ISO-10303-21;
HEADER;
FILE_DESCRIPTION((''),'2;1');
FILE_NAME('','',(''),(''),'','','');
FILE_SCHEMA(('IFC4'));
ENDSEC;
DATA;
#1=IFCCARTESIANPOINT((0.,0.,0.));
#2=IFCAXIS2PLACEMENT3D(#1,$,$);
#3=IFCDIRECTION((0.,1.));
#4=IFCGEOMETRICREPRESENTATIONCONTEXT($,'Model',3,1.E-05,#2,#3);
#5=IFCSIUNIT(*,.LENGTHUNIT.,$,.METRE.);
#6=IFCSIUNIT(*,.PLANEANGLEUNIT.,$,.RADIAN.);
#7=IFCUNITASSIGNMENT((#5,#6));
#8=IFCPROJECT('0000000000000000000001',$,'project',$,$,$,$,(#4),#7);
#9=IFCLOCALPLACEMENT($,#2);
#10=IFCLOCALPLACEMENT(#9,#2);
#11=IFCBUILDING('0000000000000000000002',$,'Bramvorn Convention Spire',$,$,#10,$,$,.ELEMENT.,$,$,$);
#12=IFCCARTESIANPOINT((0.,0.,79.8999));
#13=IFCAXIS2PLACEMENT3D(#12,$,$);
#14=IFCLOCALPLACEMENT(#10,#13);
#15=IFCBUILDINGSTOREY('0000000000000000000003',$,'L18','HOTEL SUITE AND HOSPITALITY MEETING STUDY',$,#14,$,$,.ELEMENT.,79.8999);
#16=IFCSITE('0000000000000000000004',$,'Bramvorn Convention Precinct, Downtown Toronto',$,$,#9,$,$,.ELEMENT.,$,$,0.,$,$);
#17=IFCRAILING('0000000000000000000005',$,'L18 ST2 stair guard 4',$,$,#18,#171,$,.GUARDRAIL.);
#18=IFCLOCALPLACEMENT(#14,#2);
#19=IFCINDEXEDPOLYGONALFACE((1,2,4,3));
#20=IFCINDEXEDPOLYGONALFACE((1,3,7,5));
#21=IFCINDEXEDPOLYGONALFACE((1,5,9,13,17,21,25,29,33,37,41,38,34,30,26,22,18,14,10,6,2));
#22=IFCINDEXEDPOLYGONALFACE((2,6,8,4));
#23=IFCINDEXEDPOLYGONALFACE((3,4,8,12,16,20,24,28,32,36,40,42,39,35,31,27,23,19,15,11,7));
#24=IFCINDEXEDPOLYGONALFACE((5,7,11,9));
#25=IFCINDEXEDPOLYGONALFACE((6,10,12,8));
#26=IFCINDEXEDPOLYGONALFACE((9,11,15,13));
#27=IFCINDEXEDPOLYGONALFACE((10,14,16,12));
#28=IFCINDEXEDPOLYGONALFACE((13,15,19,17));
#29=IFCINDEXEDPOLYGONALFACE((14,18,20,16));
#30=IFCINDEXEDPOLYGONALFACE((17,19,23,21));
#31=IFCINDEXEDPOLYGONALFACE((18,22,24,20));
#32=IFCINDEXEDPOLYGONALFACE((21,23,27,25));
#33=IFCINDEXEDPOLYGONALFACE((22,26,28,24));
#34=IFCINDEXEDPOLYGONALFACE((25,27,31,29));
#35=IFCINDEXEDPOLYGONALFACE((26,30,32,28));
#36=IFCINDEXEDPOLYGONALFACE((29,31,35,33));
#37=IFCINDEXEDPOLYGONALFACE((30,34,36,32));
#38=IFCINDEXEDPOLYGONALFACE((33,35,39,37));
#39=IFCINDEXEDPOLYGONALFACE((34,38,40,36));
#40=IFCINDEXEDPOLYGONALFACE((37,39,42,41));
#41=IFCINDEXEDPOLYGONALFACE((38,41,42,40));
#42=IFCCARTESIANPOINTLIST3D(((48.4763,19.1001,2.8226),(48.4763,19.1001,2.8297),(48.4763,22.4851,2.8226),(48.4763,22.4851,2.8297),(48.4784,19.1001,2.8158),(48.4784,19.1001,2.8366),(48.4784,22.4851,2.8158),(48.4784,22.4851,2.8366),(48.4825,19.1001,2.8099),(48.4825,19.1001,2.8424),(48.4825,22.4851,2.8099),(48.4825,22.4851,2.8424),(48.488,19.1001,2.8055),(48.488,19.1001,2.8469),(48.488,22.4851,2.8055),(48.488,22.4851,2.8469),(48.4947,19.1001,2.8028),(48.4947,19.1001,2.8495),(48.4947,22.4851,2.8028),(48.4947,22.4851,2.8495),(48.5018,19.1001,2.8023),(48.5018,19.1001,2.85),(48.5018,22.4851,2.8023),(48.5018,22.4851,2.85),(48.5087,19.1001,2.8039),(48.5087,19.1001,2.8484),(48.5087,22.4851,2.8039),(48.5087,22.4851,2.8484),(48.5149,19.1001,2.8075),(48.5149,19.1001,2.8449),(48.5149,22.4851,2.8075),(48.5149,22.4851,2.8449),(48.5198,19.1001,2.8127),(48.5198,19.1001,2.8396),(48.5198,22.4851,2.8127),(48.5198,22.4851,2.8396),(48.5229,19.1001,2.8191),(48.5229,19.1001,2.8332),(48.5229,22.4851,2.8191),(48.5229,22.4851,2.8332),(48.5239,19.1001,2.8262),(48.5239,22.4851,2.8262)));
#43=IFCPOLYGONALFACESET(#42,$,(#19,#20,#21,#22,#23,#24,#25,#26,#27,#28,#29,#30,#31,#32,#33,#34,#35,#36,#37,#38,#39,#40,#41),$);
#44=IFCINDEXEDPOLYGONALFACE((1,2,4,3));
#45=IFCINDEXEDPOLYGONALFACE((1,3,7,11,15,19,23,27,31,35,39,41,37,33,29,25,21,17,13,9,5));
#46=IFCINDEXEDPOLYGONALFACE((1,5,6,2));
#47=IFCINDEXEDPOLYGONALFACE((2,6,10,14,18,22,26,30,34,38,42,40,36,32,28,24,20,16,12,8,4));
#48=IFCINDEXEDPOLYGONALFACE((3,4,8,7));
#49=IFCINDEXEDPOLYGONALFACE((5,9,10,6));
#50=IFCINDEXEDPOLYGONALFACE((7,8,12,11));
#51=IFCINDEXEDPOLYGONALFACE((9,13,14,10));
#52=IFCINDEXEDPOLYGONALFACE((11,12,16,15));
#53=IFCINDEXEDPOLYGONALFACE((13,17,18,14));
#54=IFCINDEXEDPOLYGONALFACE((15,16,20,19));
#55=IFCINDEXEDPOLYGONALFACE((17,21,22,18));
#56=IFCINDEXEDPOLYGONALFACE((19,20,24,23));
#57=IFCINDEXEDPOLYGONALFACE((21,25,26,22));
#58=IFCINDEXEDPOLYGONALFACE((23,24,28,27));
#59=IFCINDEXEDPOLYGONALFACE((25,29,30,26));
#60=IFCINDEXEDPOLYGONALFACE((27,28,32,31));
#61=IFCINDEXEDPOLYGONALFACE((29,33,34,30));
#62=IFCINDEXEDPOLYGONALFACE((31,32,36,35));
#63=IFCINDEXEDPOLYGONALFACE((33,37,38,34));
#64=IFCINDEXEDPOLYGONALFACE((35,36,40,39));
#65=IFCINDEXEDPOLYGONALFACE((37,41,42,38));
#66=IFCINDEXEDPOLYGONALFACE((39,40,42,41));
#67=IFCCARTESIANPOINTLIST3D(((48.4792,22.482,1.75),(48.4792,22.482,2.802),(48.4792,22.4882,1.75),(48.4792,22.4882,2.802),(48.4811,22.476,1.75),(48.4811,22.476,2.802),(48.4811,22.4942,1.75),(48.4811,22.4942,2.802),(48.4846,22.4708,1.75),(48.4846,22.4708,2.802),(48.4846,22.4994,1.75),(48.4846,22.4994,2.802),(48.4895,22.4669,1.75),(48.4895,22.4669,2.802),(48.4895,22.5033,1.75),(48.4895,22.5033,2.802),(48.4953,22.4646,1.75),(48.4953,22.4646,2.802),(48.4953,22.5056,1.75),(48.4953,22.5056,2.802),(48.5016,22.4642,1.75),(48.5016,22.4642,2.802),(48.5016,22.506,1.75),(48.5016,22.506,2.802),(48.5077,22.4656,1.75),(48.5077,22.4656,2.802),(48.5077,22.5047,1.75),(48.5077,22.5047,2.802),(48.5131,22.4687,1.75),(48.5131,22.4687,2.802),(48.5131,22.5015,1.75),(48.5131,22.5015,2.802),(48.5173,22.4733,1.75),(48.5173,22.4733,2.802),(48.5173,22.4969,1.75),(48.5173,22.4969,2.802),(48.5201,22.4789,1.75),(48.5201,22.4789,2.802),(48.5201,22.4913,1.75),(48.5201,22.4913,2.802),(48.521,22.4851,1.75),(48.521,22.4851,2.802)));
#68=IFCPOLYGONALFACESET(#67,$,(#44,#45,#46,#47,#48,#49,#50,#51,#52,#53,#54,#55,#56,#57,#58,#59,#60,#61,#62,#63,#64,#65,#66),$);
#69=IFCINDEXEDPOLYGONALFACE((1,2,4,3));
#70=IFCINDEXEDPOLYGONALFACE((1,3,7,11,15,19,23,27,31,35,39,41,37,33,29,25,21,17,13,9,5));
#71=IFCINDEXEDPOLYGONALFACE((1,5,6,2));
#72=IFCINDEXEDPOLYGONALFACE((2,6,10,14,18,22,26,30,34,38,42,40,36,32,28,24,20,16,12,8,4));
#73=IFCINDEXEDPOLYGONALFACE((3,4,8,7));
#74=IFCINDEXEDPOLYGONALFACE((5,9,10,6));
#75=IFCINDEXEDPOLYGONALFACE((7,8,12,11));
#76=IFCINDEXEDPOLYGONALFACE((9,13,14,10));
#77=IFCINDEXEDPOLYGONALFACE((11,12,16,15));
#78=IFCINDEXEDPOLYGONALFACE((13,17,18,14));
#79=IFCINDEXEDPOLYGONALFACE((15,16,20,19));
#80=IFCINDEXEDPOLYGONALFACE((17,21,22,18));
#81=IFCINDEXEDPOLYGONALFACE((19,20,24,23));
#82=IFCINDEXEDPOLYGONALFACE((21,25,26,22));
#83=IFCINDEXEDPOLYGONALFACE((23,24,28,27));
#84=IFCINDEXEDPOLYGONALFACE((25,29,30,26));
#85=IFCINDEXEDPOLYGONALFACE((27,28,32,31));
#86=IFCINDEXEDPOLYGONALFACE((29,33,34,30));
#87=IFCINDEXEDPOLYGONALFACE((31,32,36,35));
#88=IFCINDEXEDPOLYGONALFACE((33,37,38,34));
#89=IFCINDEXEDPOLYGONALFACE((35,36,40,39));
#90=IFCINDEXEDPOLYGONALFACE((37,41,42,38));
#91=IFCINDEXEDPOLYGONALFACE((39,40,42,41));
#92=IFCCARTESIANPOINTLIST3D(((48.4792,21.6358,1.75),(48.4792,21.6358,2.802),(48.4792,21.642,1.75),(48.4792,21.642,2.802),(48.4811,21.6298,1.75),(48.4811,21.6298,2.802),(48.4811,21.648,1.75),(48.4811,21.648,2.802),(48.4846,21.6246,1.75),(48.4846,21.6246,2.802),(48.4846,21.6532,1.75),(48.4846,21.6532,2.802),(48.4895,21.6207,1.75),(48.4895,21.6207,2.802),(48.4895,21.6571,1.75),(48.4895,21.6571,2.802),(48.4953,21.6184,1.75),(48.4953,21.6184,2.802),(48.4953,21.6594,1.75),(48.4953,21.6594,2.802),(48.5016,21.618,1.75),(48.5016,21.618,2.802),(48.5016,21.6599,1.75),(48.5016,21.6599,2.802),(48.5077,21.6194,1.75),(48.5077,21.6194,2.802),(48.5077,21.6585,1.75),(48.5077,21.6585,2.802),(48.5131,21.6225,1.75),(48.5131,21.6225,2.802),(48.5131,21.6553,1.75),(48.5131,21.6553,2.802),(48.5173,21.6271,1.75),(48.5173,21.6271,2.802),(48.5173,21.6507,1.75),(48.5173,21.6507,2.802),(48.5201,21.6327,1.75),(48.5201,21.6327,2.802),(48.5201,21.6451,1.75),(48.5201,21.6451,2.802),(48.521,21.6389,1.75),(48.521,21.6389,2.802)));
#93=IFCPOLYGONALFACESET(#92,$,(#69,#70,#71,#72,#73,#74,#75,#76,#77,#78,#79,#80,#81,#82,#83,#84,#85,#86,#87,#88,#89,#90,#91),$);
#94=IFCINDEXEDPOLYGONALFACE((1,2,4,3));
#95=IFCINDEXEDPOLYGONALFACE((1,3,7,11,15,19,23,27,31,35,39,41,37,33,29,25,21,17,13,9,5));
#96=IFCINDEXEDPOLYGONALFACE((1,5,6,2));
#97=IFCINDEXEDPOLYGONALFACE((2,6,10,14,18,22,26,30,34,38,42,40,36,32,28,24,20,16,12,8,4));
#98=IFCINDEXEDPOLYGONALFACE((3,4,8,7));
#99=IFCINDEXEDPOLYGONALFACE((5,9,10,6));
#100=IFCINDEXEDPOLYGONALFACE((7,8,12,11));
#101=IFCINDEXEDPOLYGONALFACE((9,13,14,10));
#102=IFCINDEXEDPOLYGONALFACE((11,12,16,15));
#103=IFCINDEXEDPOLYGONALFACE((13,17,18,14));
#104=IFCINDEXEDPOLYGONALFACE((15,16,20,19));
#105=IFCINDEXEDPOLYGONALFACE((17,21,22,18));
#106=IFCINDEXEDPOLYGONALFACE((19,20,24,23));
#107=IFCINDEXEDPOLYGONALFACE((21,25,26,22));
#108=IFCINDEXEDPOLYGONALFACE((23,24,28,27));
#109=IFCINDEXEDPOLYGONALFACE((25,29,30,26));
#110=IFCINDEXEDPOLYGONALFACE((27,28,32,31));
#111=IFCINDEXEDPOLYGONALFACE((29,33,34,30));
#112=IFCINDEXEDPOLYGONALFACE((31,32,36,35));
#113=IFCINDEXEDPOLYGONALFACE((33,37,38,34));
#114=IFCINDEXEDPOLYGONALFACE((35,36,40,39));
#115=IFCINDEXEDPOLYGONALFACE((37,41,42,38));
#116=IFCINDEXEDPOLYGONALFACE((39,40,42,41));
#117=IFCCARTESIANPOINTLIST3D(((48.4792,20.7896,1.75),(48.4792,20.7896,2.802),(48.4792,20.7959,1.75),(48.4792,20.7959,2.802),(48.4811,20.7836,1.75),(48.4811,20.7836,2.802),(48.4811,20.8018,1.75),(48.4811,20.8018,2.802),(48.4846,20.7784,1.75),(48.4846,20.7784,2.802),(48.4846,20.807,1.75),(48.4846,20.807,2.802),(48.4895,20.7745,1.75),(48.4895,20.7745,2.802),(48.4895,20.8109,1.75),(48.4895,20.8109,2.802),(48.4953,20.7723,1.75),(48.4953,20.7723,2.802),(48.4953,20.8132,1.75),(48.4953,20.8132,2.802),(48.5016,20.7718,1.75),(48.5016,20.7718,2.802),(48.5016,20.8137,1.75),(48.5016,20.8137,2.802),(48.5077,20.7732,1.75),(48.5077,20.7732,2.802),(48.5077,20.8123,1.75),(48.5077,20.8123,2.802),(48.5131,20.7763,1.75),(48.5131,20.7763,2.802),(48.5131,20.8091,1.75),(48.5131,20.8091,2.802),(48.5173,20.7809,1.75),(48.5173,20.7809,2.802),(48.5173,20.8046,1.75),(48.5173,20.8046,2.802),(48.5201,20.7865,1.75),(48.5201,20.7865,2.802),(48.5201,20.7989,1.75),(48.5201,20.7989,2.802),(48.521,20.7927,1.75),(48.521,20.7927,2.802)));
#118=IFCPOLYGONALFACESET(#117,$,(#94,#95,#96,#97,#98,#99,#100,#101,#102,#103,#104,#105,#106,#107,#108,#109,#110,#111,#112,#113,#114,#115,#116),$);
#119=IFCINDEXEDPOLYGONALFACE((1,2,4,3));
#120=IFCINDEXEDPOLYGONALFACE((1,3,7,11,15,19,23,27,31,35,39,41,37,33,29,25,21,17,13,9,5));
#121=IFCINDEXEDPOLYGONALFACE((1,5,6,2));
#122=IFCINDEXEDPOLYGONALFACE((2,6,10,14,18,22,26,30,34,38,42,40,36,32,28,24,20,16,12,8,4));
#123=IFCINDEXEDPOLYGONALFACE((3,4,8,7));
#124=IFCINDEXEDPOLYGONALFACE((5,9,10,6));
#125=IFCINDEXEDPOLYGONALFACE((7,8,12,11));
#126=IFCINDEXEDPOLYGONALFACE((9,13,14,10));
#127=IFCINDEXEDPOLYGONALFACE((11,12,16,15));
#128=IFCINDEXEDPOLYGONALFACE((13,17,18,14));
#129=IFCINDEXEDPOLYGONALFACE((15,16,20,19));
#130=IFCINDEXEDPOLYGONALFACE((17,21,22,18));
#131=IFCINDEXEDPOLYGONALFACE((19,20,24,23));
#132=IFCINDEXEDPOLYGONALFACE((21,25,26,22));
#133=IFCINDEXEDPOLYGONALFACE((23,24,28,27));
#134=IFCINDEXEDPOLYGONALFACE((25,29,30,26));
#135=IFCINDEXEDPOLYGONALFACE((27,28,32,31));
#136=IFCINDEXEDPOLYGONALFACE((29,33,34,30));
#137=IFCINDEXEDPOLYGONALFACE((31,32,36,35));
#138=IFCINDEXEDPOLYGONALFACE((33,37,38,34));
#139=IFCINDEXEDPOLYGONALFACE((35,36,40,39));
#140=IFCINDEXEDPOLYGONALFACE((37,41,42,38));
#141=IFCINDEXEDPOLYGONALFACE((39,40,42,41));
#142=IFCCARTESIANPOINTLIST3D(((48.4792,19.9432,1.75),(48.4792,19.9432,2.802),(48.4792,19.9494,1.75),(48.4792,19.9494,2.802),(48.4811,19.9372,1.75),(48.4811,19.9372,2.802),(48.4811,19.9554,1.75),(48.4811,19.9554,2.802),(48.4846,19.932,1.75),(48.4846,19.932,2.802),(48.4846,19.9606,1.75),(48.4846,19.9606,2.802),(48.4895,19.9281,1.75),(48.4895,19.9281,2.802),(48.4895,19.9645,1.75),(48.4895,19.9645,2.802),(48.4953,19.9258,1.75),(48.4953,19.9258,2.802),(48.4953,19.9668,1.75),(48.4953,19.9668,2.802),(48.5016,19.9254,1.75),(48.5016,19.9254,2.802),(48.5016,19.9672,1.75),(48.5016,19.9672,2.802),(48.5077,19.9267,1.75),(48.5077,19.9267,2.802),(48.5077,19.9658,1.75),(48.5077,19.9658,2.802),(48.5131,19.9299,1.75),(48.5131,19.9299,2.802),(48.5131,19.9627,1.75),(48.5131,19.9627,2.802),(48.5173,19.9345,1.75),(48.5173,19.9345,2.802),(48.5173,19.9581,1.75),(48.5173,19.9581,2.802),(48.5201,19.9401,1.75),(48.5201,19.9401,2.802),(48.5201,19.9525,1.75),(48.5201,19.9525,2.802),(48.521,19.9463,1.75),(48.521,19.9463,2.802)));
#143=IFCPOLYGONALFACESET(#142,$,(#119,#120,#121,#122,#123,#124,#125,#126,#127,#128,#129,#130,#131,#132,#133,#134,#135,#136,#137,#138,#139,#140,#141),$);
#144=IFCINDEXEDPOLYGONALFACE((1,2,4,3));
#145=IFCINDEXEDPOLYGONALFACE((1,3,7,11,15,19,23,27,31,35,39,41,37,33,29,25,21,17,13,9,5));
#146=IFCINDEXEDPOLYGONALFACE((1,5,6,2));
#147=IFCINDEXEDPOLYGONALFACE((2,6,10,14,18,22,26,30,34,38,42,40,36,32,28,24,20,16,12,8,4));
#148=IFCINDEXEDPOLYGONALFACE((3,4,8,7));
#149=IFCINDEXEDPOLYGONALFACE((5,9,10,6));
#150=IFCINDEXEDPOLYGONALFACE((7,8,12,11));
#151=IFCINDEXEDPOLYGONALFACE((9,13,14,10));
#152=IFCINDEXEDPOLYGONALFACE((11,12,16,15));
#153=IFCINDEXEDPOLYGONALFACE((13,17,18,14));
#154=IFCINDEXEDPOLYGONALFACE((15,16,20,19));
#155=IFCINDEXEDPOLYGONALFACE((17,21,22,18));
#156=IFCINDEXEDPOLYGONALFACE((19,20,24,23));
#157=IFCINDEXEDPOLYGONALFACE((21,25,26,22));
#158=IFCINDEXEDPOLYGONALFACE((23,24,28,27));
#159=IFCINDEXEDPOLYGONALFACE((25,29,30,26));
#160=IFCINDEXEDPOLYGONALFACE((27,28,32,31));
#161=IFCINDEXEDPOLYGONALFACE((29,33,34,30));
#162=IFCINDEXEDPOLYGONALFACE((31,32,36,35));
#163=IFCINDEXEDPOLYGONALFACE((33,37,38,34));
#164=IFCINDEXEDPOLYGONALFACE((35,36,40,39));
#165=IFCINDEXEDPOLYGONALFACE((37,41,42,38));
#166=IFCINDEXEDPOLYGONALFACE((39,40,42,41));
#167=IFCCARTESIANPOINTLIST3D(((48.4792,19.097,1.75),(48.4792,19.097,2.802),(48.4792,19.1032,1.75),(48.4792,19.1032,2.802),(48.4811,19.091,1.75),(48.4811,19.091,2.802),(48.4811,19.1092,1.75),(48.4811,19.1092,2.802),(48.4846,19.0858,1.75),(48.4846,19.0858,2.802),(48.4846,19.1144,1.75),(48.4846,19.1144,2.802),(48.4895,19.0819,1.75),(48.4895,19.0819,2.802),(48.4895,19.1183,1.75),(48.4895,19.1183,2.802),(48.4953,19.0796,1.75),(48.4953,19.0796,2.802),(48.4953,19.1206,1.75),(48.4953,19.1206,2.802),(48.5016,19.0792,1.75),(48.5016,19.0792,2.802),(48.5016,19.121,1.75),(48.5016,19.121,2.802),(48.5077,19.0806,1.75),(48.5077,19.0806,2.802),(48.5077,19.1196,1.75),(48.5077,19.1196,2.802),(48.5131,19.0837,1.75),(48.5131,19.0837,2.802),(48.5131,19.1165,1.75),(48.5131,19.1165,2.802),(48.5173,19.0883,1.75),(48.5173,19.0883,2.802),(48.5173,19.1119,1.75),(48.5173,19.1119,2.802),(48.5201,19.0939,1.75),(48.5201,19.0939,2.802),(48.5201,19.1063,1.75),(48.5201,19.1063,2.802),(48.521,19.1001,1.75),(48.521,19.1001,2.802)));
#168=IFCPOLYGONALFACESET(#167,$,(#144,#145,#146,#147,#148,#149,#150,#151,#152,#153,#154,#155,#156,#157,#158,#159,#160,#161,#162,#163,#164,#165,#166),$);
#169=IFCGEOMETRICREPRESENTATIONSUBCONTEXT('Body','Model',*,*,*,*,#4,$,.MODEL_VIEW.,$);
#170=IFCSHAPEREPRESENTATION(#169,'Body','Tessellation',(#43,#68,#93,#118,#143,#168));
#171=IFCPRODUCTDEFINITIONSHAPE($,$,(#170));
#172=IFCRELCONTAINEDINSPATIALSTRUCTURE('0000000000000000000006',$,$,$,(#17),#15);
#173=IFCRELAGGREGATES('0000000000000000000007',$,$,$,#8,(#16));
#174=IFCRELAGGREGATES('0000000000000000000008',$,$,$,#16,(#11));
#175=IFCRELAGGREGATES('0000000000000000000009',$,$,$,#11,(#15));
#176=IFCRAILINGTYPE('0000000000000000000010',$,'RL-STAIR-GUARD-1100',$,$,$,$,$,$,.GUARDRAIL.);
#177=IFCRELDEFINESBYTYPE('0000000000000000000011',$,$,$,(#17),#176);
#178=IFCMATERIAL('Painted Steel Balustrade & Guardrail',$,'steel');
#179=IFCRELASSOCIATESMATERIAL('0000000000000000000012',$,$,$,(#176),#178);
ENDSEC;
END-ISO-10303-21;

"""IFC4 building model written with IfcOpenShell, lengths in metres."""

from ifc_helpers import new_model, si_unit, direction, frame, origin, origin_2d, place, context, subcontext, project, spatial, circle, extrude, material, type_object, element, save


model = new_model("IFC4")

# Units and contexts
model_context = context("Model", 3, precision=1e-05, world=origin(), true_north=direction((0.0, 1.0)))
body_context = subcontext(model_context, "Body", "Model", "MODEL_VIEW")
ifc_project = project(units=[si_unit("LENGTHUNIT", "METRE"), si_unit("PLANEANGLEUNIT", "RADIAN")], contexts=[model_context])

# Site, building, storey
site_placement = place(None, origin())
site = spatial("IfcSite", under=ifc_project, at=site_placement, Name="Bramvorn Convention Precinct, Downtown Toronto", CompositionType="ELEMENT", RefElevation=0.0)
building_placement = place(site_placement, origin())
building = spatial("IfcBuilding", under=site, at=building_placement, Name="Bramvorn Convention Spire", CompositionType="ELEMENT")
storey_placement = place(building_placement, frame((0.0, 0.0, 79.8999)))
storey = spatial("IfcBuildingStorey", under=building, at=storey_placement, Name="L18", Description="HOTEL SUITE AND HOSPITALITY MEETING STUDY", CompositionType="ELEMENT", Elevation=79.8999)

# Railing
ifc_material_1 = material(Name="Painted Steel Balustrade & Guardrail", Category="steel")
railing_type_1 = type_object("IfcRailingType", Name="RL-STAIR-GUARD-1100", PredefinedType="GUARDRAIL", material=ifc_material_1)
railing_1_placement = place(storey_placement, frame((48.5, 22.4851, 1.75)))
element("IfcRailing", 1, at=railing_1_placement, inside=storey, type_object=railing_type_1, Name="L18 ST2 stair guard 4", PredefinedType="GUARDRAIL", context=body_context, shape_type="SweptSolid", body=[
    extrude(circle(Radius=0.0239, at=origin_2d()), frame((0.0, 0.0, 1.0762), z_axis=(0.0, -1.0, 0.0), x_axis=(1.0, 0.0, 0.0)), (0.0, 0.0, 1.0), 3.385),
    extrude(circle(Radius=0.021, at=origin_2d()), origin(), (0.0, 0.0, 1.0), 1.052),
    extrude(circle(Radius=0.021, at=origin_2d()), frame((0.0, -0.8462, 0.0)), (0.0, 0.0, 1.0), 1.052),
    extrude(circle(Radius=0.021, at=origin_2d()), frame((0.0, -1.6924, 0.0)), (0.0, 0.0, 1.0), 1.052),
    extrude(circle(Radius=0.021, at=origin_2d()), frame((0.0, -2.5388, 0.0)), (0.0, 0.0, 1.0), 1.052),
    extrude(circle(Radius=0.021, at=origin_2d()), frame((0.0, -3.385, 0.0)), (0.0, 0.0, 1.0), 1.052),
])

save(model, "model.ifc")
